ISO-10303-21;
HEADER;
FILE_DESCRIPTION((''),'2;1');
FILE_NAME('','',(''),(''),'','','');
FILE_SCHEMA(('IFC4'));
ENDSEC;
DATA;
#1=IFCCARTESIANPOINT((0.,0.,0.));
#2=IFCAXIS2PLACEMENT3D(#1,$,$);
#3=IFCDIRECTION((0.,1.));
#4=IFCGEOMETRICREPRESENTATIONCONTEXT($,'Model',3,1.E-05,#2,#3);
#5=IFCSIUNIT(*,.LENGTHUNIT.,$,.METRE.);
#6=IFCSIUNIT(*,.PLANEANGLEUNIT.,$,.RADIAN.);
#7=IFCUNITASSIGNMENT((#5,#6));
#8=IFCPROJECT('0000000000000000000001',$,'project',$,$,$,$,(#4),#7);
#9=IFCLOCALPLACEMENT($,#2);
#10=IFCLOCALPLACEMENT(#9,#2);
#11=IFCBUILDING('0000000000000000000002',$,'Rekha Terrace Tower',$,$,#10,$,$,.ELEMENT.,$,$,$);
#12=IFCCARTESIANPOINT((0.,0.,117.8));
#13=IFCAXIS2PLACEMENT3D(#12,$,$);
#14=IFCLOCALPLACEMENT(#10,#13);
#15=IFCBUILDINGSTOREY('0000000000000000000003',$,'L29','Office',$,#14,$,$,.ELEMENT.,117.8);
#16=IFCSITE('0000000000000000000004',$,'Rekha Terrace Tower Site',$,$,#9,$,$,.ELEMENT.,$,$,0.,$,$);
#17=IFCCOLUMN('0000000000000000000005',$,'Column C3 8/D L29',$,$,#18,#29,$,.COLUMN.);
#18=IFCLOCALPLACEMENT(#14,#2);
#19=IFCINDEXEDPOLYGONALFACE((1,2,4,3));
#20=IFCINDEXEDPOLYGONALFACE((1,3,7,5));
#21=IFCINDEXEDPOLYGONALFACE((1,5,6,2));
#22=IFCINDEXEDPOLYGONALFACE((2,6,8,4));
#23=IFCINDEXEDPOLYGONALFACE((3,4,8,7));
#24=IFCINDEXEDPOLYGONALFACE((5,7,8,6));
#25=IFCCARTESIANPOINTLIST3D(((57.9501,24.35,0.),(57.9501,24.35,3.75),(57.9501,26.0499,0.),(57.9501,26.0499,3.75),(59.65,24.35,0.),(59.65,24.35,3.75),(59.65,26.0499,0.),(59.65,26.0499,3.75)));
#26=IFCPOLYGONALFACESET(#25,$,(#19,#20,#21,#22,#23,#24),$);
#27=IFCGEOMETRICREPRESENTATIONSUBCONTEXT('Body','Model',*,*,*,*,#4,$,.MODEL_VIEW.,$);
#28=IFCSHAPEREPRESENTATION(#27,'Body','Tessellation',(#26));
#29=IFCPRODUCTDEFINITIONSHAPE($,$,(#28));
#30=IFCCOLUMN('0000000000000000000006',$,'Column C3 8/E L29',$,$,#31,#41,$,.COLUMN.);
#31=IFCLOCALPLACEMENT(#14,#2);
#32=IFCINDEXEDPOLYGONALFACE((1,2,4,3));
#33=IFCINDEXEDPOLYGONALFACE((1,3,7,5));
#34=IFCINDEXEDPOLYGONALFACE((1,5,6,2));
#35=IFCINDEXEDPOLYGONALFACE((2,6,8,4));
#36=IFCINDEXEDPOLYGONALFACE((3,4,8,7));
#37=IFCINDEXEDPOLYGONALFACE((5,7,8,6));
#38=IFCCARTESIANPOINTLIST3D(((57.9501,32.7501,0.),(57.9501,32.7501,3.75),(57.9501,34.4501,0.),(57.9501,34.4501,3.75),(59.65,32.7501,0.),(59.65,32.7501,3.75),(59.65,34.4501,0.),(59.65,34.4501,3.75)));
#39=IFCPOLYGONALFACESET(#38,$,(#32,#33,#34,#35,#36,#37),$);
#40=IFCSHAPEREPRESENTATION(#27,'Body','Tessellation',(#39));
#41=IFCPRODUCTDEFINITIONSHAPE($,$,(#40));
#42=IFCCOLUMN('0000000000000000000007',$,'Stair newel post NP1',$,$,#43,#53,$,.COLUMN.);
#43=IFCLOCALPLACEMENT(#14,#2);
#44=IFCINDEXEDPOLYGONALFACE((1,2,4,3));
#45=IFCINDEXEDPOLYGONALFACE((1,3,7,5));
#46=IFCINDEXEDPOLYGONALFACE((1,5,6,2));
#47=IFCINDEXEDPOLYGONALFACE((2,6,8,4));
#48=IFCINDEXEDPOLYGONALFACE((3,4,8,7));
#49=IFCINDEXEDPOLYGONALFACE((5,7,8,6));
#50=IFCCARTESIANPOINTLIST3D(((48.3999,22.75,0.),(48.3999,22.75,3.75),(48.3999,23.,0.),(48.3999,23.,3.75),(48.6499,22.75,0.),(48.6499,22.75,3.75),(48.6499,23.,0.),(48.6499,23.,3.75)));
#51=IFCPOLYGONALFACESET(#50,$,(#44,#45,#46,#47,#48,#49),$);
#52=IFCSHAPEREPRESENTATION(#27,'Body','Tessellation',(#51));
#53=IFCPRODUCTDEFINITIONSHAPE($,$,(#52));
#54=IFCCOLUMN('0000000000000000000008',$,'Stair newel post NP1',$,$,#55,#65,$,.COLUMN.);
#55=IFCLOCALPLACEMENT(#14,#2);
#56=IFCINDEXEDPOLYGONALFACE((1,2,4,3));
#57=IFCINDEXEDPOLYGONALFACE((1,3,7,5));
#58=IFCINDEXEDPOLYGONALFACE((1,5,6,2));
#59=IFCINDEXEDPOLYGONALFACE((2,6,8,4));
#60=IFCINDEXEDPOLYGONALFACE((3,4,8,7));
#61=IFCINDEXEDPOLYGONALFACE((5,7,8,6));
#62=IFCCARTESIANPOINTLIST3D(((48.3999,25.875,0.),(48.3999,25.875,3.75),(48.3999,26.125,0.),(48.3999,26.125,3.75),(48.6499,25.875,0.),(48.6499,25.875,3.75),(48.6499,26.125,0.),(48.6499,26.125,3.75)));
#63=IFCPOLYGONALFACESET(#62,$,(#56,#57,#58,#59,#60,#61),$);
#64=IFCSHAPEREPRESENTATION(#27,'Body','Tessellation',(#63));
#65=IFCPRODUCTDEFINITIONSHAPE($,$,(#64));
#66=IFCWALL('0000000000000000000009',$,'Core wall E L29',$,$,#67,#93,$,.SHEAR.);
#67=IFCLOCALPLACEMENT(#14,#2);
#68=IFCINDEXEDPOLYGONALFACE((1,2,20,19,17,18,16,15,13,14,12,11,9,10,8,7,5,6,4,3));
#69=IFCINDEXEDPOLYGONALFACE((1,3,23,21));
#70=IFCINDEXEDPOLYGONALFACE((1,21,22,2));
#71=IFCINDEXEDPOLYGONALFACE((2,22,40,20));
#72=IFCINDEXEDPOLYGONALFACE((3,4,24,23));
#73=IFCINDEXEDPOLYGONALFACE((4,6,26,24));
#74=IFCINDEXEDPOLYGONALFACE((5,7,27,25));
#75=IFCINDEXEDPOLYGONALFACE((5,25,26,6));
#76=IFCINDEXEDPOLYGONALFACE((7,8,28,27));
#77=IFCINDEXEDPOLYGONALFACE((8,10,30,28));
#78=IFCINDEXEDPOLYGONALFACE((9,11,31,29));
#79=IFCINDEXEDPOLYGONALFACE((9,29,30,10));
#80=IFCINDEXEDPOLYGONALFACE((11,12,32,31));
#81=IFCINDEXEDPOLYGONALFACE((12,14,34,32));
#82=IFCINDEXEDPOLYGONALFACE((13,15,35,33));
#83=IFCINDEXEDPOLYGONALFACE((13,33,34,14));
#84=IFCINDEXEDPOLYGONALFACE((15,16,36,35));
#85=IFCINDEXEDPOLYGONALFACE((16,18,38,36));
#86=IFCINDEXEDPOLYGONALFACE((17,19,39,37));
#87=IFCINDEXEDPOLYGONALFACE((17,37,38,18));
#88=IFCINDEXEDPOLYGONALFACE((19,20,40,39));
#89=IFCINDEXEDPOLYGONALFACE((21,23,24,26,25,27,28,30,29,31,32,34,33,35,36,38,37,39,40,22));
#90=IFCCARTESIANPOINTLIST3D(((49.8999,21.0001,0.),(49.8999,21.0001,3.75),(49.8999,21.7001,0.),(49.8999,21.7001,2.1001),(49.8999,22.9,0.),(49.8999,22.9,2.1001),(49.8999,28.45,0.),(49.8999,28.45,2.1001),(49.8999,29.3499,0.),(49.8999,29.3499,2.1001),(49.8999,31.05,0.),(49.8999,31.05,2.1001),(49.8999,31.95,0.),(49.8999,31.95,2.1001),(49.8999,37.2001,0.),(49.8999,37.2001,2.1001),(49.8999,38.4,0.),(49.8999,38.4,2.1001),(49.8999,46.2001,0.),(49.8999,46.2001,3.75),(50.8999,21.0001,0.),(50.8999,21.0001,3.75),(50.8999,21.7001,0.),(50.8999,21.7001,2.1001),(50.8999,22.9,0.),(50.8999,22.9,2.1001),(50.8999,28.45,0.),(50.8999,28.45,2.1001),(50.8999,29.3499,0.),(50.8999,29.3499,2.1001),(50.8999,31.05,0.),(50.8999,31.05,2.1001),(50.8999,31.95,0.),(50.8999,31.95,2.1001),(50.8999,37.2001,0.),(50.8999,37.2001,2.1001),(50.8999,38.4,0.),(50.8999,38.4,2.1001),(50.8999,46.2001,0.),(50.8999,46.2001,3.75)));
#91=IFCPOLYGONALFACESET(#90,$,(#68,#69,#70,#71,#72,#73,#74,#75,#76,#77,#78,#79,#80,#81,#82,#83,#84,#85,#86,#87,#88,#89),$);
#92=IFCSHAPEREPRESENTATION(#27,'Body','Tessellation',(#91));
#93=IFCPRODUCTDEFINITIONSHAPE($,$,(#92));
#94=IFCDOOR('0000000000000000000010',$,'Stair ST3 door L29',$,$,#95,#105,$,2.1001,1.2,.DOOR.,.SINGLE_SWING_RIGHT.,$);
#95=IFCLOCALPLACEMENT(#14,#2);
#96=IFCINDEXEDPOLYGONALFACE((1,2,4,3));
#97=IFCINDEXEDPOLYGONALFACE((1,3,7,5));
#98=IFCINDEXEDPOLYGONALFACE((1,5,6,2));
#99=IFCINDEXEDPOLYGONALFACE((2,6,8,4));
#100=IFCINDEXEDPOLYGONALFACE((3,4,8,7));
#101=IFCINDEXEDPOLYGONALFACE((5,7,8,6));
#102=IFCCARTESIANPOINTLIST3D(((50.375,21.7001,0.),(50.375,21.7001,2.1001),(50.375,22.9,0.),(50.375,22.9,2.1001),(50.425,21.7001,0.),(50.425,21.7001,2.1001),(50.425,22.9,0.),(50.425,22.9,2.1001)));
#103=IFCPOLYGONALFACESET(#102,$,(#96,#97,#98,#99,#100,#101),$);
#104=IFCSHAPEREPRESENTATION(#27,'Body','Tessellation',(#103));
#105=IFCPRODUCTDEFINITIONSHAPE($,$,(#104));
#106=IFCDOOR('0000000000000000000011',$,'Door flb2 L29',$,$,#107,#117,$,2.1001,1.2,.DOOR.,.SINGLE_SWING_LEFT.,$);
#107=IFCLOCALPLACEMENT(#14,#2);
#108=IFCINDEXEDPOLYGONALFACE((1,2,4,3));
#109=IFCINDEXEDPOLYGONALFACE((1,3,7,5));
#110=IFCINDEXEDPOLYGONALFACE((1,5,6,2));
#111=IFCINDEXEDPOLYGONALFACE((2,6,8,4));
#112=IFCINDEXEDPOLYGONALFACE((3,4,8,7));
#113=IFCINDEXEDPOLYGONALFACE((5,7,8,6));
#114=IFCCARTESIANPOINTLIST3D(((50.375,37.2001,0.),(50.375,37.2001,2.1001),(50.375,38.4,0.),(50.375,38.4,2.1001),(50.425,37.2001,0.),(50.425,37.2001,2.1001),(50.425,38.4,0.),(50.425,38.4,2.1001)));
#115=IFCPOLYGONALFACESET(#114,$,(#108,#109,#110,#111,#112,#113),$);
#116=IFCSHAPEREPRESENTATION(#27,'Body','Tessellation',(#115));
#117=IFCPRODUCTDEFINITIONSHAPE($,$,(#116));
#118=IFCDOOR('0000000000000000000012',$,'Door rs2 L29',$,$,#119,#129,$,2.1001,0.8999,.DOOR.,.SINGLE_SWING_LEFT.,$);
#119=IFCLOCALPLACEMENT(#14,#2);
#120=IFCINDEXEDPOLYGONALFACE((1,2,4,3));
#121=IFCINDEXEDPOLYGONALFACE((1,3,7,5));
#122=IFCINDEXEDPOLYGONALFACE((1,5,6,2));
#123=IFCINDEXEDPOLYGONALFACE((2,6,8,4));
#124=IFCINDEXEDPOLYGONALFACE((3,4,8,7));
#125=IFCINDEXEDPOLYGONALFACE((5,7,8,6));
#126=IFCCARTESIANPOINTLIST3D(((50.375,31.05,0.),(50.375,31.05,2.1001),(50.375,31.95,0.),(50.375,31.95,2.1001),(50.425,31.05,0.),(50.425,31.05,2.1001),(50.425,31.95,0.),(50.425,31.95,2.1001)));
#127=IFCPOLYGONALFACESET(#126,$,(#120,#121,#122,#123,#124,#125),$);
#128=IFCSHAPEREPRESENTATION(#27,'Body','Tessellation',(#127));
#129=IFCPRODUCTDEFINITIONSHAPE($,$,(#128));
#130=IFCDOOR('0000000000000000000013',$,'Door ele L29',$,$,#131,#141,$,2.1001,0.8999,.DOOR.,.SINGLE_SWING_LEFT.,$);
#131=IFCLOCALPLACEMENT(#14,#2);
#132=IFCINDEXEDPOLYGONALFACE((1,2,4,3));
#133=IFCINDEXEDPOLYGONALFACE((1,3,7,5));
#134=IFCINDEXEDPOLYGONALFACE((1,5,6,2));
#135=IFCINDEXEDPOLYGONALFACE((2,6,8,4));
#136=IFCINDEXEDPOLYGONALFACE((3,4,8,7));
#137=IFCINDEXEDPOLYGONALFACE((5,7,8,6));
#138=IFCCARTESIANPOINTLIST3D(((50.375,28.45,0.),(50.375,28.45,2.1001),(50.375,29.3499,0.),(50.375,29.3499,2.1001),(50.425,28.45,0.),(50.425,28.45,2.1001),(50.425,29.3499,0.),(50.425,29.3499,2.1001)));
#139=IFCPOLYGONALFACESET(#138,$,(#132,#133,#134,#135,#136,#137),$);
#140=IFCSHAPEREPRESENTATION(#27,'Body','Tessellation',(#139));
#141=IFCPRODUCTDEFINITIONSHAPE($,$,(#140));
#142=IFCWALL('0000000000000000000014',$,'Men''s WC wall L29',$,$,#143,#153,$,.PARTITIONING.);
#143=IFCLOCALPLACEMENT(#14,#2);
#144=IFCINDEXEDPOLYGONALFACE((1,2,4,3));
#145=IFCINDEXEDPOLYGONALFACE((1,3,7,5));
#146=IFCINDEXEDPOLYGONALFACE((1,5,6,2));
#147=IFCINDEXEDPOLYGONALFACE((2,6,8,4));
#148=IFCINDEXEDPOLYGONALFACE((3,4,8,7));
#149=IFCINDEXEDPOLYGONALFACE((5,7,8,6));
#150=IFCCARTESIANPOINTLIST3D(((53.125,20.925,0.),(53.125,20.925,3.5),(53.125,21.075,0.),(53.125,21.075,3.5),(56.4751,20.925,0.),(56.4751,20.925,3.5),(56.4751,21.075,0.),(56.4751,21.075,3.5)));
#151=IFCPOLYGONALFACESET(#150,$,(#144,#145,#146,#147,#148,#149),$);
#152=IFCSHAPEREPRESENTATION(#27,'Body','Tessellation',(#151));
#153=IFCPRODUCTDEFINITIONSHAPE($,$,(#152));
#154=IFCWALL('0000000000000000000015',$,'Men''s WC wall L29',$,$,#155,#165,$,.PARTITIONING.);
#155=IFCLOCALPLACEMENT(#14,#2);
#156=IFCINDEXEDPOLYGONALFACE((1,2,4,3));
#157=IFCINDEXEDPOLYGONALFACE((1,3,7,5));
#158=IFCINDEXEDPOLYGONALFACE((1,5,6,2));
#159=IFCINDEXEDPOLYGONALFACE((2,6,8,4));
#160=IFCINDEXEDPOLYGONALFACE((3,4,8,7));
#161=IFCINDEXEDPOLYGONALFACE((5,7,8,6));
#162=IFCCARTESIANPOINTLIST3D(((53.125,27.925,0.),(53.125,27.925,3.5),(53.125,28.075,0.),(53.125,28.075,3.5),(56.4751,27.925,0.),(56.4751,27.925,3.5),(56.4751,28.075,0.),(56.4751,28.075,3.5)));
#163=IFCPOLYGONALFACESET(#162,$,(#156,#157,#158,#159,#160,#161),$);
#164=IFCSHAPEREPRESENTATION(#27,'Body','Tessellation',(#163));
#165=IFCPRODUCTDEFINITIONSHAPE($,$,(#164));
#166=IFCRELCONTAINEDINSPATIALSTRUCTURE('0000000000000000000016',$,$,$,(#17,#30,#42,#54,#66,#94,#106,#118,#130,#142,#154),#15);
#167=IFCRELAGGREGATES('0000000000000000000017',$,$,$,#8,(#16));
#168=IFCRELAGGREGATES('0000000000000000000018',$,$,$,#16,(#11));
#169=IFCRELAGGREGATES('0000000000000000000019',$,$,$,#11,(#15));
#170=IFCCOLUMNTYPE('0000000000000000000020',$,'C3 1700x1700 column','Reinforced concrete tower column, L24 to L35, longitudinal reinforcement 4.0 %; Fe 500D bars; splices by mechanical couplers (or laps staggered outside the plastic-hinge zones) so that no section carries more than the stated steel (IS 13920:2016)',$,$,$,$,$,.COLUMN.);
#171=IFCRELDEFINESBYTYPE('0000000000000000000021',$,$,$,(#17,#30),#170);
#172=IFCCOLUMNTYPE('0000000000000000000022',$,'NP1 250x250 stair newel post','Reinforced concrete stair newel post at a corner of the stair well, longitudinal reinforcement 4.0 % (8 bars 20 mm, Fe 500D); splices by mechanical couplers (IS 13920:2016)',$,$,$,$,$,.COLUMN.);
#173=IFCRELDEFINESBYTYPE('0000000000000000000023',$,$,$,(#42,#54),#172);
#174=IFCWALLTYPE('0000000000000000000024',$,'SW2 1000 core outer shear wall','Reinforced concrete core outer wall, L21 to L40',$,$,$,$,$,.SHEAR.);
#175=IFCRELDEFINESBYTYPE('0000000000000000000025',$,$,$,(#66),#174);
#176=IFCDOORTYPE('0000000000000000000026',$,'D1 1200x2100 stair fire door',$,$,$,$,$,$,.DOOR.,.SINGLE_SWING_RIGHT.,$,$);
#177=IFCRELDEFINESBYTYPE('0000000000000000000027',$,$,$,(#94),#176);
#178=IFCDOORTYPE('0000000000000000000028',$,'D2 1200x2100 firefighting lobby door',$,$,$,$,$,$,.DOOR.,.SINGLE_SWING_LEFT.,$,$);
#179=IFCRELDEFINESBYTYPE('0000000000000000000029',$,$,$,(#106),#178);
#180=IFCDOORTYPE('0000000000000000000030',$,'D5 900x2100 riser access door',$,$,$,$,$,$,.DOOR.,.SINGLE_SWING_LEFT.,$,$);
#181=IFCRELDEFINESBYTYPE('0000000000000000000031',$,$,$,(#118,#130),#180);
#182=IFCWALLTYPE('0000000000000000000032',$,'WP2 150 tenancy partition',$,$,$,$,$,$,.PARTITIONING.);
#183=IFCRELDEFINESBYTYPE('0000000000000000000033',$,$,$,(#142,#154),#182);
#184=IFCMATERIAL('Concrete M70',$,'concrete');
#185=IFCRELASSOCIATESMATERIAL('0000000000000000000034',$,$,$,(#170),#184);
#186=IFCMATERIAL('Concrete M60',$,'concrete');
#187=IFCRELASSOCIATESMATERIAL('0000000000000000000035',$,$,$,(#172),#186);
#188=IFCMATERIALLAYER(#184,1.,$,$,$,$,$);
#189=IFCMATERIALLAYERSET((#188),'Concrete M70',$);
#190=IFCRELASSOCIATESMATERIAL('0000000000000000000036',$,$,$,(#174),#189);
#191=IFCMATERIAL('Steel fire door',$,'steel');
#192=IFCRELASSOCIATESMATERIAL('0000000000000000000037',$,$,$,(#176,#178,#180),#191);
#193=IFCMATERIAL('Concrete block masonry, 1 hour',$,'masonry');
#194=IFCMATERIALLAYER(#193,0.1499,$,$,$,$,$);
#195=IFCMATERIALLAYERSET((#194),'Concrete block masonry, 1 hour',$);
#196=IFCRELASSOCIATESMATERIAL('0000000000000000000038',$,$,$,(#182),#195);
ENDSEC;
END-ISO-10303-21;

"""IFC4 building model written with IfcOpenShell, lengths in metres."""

from ifc_helpers import new_model, si_unit, direction, frame, frame_2d, origin, origin_2d, place, context, subcontext, project, spatial, rectangle, extrude, material, layer, layer_set, material_profile, profile_set, type_object, element, fill, save


model = new_model("IFC4")

# Units and contexts
model_context = context("Model", 3, precision=1e-05, world=origin(), true_north=direction((0.0, 1.0)))
body_context = subcontext(model_context, "Body", "Model", "MODEL_VIEW")
ifc_project = project(units=[si_unit("LENGTHUNIT", "METRE"), si_unit("PLANEANGLEUNIT", "RADIAN")], contexts=[model_context])

# Site, building, storey
site_placement = place(None, origin())
site = spatial("IfcSite", under=ifc_project, at=site_placement, Name="Rekha Terrace Tower Site", CompositionType="ELEMENT", RefElevation=0.0)
building_placement = place(site_placement, origin())
building = spatial("IfcBuilding", under=site, at=building_placement, Name="Rekha Terrace Tower", CompositionType="ELEMENT")
storey_placement = place(building_placement, frame((0.0, 0.0, 117.8)))
storey = spatial("IfcBuildingStorey", under=building, at=storey_placement, Name="L29", Description="Office", CompositionType="ELEMENT", Elevation=117.8)

# Columns
ifc_material_1 = material(Name="Concrete M70", Category="concrete")
ifc_material_profile_1 = material_profile(ifc_material_1, rectangle(XDim=1.7, YDim=1.7, at=origin_2d()), Name="RC 1700x1700")
ifc_profile_set_1 = profile_set([ifc_material_profile_1], Name="Concrete M70")
column_type_1 = type_object("IfcColumnType", Name="C3 1700x1700 column", Description="Reinforced concrete tower column, L24 to L35, longitudinal reinforcement 4.0 %; Fe 500D bars; splices by mechanical couplers (or laps staggered outside the plastic-hinge zones) so that no section carries more than the stated steel (IS 13920:2016)", PredefinedType="COLUMN", material=ifc_profile_set_1)
for number, where, z_axis, x_axis, name in (
    (1, (58.8, 25.2, 0.0), (0.0, 0.0, 1.0), (1.0, 0.0, 0.0), "Column C3 8/D L29"),
    (2, (58.8, 33.6001, 0.0), (0.0, 0.0, 1.0), (1.0, 0.0, 0.0), "Column C3 8/E L29"),
):
    element("IfcColumn", number, at=place(storey_placement, frame(where, z_axis=z_axis, x_axis=x_axis)), inside=storey, type_object=column_type_1, Name=name, PredefinedType="COLUMN", context=body_context, shape_type="SweptSolid", body=[
        extrude(rectangle(XDim=1.7, YDim=1.7, at=origin_2d()), origin(), (0.0, 0.0, 1.0), 3.75),
    ])
ifc_material_2 = material(Name="Concrete M60", Category="concrete")
ifc_material_profile_2 = material_profile(ifc_material_2, rectangle(XDim=0.25, YDim=0.25, at=origin_2d()), Name="RC 250x250")
ifc_profile_set_2 = profile_set([ifc_material_profile_2], Name="Concrete M60")
column_type_2 = type_object("IfcColumnType", Name="NP1 250x250 stair newel post", Description="Reinforced concrete stair newel post at a corner of the stair well, longitudinal reinforcement 4.0 % (8 bars 20 mm, Fe 500D); splices by mechanical couplers (IS 13920:2016)", PredefinedType="COLUMN", material=ifc_profile_set_2)
for number, where, z_axis, x_axis, name in (
    (3, (48.5249, 22.875, 0.0), (0.0, 0.0, 1.0), (1.0, 0.0, 0.0), "Stair newel post NP1"),
    (4, (48.5249, 26.0, 0.0), (0.0, 0.0, 1.0), (1.0, 0.0, 0.0), "Stair newel post NP1"),
):
    element("IfcColumn", number, at=place(storey_placement, frame(where, z_axis=z_axis, x_axis=x_axis)), inside=storey, type_object=column_type_2, Name=name, PredefinedType="COLUMN", context=body_context, shape_type="SweptSolid", body=[
        extrude(rectangle(XDim=0.25, YDim=0.25, at=origin_2d()), origin(), (0.0, 0.0, 1.0), 3.75),
    ])

# Wall, openings, doors
ifc_layer_1 = layer(ifc_material_1, 1.0)
ifc_layer_set_1 = layer_set([ifc_layer_1], Name="Concrete M70")
wall_type_1 = type_object("IfcWallType", Name="SW2 1000 core outer shear wall", Description="Reinforced concrete core outer wall, L21 to L40", PredefinedType="SHEAR", material=ifc_layer_set_1)
wall_1_placement = place(storey_placement, frame((50.3999, 21.0, 0.0), z_axis=(0.0, 0.0, 1.0), x_axis=(0.0, 1.0, 0.0)))
wall_1 = element("IfcWall", 5, at=wall_1_placement, inside=storey, type_object=wall_type_1, Name="Core wall E L29", PredefinedType="SHEAR", context=body_context, shape_type="SweptSolid", body=[
    extrude(rectangle(XDim=25.2, YDim=1.0, at=frame_2d((12.6001, 0.0))), origin(), (0.0, 0.0, 1.0), 3.75),
])
opening_1_placement = place(wall_1_placement, frame((16.2, 0.0, 0.0)))
opening_1 = element("IfcOpeningElement", 6, at=opening_1_placement, cuts=wall_1, PredefinedType="OPENING", context=body_context, shape_type="SweptSolid", body=[
    extrude(rectangle(XDim=1.2, YDim=2.1001, at=frame_2d((0.6001, 1.05))), frame((0.0, 0.51, 0.0), z_axis=(0.0, -1.0, 0.0), x_axis=(1.0, 0.0, 0.0)), (0.0, 0.0, 1.0), 1.02),
])
opening_2_placement = place(wall_1_placement, frame((10.05, 0.0, 0.0)))
opening_2 = element("IfcOpeningElement", 7, at=opening_2_placement, cuts=wall_1, PredefinedType="OPENING", context=body_context, shape_type="SweptSolid", body=[
    extrude(rectangle(XDim=0.8999, YDim=2.1001, at=frame_2d((0.45, 1.05))), frame((0.0, 0.51, 0.0), z_axis=(0.0, -1.0, 0.0), x_axis=(1.0, 0.0, 0.0)), (0.0, 0.0, 1.0), 1.02),
])
opening_3_placement = place(wall_1_placement, frame((7.45, 0.0, 0.0)))
opening_3 = element("IfcOpeningElement", 8, at=opening_3_placement, cuts=wall_1, PredefinedType="OPENING", context=body_context, shape_type="SweptSolid", body=[
    extrude(rectangle(XDim=0.8999, YDim=2.1001, at=frame_2d((0.45, 1.05))), frame((0.0, 0.51, 0.0), z_axis=(0.0, -1.0, 0.0), x_axis=(1.0, 0.0, 0.0)), (0.0, 0.0, 1.0), 1.02),
])
opening_4_placement = place(wall_1_placement, frame((0.7, 0.0, 0.0)))
opening_4 = element("IfcOpeningElement", 9, at=opening_4_placement, cuts=wall_1, PredefinedType="OPENING", context=body_context, shape_type="SweptSolid", body=[
    extrude(rectangle(XDim=1.2, YDim=2.1001, at=frame_2d((0.6001, 1.05))), frame((0.0, 0.51, 0.0), z_axis=(0.0, -1.0, 0.0), x_axis=(1.0, 0.0, 0.0)), (0.0, 0.0, 1.0), 1.02),
])
ifc_material_3 = material(Name="Steel fire door", Category="steel")
door_type_1 = type_object("IfcDoorType", Name="D1 1200x2100 stair fire door", OperationType="SINGLE_SWING_RIGHT", PredefinedType="DOOR", material=ifc_material_3)
door_1_placement = place(opening_4_placement, origin())
door_1 = element("IfcDoor", 10, at=door_1_placement, inside=storey, type_object=door_type_1, Name="Stair ST3 door L29", OperationType="SINGLE_SWING_RIGHT", OverallHeight=2.1001, OverallWidth=1.2, PredefinedType="DOOR", context=body_context, shape_type="SweptSolid", body=[
    extrude(rectangle(XDim=1.2, YDim=2.1001, at=frame_2d((0.6001, 1.05))), frame((0.0, 0.0249, 0.0), z_axis=(0.0, -1.0, 0.0), x_axis=(1.0, 0.0, 0.0)), (0.0, 0.0, 1.0), 0.05),
])
fill(opening_4, door_1)
door_type_2 = type_object("IfcDoorType", Name="D2 1200x2100 firefighting lobby door", OperationType="SINGLE_SWING_LEFT", PredefinedType="DOOR", material=ifc_material_3)
door_2_placement = place(opening_1_placement, origin())
door_2 = element("IfcDoor", 11, at=door_2_placement, inside=storey, type_object=door_type_2, Name="Door flb2 L29", OperationType="SINGLE_SWING_LEFT", OverallHeight=2.1001, OverallWidth=1.2, PredefinedType="DOOR", context=body_context, shape_type="SweptSolid", body=[
    extrude(rectangle(XDim=1.2, YDim=2.1001, at=frame_2d((0.6001, 1.05))), frame((0.0, 0.0249, 0.0), z_axis=(0.0, -1.0, 0.0), x_axis=(1.0, 0.0, 0.0)), (0.0, 0.0, 1.0), 0.05),
])
fill(opening_1, door_2)
door_type_3 = type_object("IfcDoorType", Name="D5 900x2100 riser access door", OperationType="SINGLE_SWING_LEFT", PredefinedType="DOOR", material=ifc_material_3)
door_3_placement = place(opening_2_placement, origin())
door_3 = element("IfcDoor", 12, at=door_3_placement, inside=storey, type_object=door_type_3, Name="Door rs2 L29", OperationType="SINGLE_SWING_LEFT", OverallHeight=2.1001, OverallWidth=0.8999, PredefinedType="DOOR", context=body_context, shape_type="SweptSolid", body=[
    extrude(rectangle(XDim=0.8999, YDim=2.1001, at=frame_2d((0.45, 1.05))), frame((0.0, 0.0249, 0.0), z_axis=(0.0, -1.0, 0.0), x_axis=(1.0, 0.0, 0.0)), (0.0, 0.0, 1.0), 0.05),
])
fill(opening_2, door_3)
door_4_placement = place(opening_3_placement, origin())
door_4 = element("IfcDoor", 13, at=door_4_placement, inside=storey, type_object=door_type_3, Name="Door ele L29", OperationType="SINGLE_SWING_LEFT", OverallHeight=2.1001, OverallWidth=0.8999, PredefinedType="DOOR", context=body_context, shape_type="SweptSolid", body=[
    extrude(rectangle(XDim=0.8999, YDim=2.1001, at=frame_2d((0.45, 1.05))), frame((0.0, 0.0249, 0.0), z_axis=(0.0, -1.0, 0.0), x_axis=(1.0, 0.0, 0.0)), (0.0, 0.0, 1.0), 0.05),
])
fill(opening_3, door_4)

# Walls
ifc_material_4 = material(Name="Concrete block masonry, 1 hour", Category="masonry")
ifc_layer_2 = layer(ifc_material_4, 0.1499)
ifc_layer_set_2 = layer_set([ifc_layer_2], Name="Concrete block masonry, 1 hour")
wall_type_2 = type_object("IfcWallType", Name="WP2 150 tenancy partition", PredefinedType="PARTITIONING", material=ifc_layer_set_2)
for number, where, z_axis, x_axis, name in (
    (14, (53.125, 21.0, 0.0), (0.0, 0.0, 1.0), (1.0, 0.0, 0.0), "Men's WC wall L29"),
    (15, (53.125, 28.0, 0.0), (0.0, 0.0, 1.0), (1.0, 0.0, 0.0), "Men's WC wall L29"),
):
    element("IfcWall", number, at=place(storey_placement, frame(where, z_axis=z_axis, x_axis=x_axis)), inside=storey, type_object=wall_type_2, Name=name, PredefinedType="PARTITIONING", context=body_context, shape_type="SweptSolid", body=[
        extrude(rectangle(XDim=3.3501, YDim=0.1499, at=frame_2d((1.675, 0.0))), origin(), (0.0, 0.0, 1.0), 3.5),
    ])

save(model, "model.ifc")
